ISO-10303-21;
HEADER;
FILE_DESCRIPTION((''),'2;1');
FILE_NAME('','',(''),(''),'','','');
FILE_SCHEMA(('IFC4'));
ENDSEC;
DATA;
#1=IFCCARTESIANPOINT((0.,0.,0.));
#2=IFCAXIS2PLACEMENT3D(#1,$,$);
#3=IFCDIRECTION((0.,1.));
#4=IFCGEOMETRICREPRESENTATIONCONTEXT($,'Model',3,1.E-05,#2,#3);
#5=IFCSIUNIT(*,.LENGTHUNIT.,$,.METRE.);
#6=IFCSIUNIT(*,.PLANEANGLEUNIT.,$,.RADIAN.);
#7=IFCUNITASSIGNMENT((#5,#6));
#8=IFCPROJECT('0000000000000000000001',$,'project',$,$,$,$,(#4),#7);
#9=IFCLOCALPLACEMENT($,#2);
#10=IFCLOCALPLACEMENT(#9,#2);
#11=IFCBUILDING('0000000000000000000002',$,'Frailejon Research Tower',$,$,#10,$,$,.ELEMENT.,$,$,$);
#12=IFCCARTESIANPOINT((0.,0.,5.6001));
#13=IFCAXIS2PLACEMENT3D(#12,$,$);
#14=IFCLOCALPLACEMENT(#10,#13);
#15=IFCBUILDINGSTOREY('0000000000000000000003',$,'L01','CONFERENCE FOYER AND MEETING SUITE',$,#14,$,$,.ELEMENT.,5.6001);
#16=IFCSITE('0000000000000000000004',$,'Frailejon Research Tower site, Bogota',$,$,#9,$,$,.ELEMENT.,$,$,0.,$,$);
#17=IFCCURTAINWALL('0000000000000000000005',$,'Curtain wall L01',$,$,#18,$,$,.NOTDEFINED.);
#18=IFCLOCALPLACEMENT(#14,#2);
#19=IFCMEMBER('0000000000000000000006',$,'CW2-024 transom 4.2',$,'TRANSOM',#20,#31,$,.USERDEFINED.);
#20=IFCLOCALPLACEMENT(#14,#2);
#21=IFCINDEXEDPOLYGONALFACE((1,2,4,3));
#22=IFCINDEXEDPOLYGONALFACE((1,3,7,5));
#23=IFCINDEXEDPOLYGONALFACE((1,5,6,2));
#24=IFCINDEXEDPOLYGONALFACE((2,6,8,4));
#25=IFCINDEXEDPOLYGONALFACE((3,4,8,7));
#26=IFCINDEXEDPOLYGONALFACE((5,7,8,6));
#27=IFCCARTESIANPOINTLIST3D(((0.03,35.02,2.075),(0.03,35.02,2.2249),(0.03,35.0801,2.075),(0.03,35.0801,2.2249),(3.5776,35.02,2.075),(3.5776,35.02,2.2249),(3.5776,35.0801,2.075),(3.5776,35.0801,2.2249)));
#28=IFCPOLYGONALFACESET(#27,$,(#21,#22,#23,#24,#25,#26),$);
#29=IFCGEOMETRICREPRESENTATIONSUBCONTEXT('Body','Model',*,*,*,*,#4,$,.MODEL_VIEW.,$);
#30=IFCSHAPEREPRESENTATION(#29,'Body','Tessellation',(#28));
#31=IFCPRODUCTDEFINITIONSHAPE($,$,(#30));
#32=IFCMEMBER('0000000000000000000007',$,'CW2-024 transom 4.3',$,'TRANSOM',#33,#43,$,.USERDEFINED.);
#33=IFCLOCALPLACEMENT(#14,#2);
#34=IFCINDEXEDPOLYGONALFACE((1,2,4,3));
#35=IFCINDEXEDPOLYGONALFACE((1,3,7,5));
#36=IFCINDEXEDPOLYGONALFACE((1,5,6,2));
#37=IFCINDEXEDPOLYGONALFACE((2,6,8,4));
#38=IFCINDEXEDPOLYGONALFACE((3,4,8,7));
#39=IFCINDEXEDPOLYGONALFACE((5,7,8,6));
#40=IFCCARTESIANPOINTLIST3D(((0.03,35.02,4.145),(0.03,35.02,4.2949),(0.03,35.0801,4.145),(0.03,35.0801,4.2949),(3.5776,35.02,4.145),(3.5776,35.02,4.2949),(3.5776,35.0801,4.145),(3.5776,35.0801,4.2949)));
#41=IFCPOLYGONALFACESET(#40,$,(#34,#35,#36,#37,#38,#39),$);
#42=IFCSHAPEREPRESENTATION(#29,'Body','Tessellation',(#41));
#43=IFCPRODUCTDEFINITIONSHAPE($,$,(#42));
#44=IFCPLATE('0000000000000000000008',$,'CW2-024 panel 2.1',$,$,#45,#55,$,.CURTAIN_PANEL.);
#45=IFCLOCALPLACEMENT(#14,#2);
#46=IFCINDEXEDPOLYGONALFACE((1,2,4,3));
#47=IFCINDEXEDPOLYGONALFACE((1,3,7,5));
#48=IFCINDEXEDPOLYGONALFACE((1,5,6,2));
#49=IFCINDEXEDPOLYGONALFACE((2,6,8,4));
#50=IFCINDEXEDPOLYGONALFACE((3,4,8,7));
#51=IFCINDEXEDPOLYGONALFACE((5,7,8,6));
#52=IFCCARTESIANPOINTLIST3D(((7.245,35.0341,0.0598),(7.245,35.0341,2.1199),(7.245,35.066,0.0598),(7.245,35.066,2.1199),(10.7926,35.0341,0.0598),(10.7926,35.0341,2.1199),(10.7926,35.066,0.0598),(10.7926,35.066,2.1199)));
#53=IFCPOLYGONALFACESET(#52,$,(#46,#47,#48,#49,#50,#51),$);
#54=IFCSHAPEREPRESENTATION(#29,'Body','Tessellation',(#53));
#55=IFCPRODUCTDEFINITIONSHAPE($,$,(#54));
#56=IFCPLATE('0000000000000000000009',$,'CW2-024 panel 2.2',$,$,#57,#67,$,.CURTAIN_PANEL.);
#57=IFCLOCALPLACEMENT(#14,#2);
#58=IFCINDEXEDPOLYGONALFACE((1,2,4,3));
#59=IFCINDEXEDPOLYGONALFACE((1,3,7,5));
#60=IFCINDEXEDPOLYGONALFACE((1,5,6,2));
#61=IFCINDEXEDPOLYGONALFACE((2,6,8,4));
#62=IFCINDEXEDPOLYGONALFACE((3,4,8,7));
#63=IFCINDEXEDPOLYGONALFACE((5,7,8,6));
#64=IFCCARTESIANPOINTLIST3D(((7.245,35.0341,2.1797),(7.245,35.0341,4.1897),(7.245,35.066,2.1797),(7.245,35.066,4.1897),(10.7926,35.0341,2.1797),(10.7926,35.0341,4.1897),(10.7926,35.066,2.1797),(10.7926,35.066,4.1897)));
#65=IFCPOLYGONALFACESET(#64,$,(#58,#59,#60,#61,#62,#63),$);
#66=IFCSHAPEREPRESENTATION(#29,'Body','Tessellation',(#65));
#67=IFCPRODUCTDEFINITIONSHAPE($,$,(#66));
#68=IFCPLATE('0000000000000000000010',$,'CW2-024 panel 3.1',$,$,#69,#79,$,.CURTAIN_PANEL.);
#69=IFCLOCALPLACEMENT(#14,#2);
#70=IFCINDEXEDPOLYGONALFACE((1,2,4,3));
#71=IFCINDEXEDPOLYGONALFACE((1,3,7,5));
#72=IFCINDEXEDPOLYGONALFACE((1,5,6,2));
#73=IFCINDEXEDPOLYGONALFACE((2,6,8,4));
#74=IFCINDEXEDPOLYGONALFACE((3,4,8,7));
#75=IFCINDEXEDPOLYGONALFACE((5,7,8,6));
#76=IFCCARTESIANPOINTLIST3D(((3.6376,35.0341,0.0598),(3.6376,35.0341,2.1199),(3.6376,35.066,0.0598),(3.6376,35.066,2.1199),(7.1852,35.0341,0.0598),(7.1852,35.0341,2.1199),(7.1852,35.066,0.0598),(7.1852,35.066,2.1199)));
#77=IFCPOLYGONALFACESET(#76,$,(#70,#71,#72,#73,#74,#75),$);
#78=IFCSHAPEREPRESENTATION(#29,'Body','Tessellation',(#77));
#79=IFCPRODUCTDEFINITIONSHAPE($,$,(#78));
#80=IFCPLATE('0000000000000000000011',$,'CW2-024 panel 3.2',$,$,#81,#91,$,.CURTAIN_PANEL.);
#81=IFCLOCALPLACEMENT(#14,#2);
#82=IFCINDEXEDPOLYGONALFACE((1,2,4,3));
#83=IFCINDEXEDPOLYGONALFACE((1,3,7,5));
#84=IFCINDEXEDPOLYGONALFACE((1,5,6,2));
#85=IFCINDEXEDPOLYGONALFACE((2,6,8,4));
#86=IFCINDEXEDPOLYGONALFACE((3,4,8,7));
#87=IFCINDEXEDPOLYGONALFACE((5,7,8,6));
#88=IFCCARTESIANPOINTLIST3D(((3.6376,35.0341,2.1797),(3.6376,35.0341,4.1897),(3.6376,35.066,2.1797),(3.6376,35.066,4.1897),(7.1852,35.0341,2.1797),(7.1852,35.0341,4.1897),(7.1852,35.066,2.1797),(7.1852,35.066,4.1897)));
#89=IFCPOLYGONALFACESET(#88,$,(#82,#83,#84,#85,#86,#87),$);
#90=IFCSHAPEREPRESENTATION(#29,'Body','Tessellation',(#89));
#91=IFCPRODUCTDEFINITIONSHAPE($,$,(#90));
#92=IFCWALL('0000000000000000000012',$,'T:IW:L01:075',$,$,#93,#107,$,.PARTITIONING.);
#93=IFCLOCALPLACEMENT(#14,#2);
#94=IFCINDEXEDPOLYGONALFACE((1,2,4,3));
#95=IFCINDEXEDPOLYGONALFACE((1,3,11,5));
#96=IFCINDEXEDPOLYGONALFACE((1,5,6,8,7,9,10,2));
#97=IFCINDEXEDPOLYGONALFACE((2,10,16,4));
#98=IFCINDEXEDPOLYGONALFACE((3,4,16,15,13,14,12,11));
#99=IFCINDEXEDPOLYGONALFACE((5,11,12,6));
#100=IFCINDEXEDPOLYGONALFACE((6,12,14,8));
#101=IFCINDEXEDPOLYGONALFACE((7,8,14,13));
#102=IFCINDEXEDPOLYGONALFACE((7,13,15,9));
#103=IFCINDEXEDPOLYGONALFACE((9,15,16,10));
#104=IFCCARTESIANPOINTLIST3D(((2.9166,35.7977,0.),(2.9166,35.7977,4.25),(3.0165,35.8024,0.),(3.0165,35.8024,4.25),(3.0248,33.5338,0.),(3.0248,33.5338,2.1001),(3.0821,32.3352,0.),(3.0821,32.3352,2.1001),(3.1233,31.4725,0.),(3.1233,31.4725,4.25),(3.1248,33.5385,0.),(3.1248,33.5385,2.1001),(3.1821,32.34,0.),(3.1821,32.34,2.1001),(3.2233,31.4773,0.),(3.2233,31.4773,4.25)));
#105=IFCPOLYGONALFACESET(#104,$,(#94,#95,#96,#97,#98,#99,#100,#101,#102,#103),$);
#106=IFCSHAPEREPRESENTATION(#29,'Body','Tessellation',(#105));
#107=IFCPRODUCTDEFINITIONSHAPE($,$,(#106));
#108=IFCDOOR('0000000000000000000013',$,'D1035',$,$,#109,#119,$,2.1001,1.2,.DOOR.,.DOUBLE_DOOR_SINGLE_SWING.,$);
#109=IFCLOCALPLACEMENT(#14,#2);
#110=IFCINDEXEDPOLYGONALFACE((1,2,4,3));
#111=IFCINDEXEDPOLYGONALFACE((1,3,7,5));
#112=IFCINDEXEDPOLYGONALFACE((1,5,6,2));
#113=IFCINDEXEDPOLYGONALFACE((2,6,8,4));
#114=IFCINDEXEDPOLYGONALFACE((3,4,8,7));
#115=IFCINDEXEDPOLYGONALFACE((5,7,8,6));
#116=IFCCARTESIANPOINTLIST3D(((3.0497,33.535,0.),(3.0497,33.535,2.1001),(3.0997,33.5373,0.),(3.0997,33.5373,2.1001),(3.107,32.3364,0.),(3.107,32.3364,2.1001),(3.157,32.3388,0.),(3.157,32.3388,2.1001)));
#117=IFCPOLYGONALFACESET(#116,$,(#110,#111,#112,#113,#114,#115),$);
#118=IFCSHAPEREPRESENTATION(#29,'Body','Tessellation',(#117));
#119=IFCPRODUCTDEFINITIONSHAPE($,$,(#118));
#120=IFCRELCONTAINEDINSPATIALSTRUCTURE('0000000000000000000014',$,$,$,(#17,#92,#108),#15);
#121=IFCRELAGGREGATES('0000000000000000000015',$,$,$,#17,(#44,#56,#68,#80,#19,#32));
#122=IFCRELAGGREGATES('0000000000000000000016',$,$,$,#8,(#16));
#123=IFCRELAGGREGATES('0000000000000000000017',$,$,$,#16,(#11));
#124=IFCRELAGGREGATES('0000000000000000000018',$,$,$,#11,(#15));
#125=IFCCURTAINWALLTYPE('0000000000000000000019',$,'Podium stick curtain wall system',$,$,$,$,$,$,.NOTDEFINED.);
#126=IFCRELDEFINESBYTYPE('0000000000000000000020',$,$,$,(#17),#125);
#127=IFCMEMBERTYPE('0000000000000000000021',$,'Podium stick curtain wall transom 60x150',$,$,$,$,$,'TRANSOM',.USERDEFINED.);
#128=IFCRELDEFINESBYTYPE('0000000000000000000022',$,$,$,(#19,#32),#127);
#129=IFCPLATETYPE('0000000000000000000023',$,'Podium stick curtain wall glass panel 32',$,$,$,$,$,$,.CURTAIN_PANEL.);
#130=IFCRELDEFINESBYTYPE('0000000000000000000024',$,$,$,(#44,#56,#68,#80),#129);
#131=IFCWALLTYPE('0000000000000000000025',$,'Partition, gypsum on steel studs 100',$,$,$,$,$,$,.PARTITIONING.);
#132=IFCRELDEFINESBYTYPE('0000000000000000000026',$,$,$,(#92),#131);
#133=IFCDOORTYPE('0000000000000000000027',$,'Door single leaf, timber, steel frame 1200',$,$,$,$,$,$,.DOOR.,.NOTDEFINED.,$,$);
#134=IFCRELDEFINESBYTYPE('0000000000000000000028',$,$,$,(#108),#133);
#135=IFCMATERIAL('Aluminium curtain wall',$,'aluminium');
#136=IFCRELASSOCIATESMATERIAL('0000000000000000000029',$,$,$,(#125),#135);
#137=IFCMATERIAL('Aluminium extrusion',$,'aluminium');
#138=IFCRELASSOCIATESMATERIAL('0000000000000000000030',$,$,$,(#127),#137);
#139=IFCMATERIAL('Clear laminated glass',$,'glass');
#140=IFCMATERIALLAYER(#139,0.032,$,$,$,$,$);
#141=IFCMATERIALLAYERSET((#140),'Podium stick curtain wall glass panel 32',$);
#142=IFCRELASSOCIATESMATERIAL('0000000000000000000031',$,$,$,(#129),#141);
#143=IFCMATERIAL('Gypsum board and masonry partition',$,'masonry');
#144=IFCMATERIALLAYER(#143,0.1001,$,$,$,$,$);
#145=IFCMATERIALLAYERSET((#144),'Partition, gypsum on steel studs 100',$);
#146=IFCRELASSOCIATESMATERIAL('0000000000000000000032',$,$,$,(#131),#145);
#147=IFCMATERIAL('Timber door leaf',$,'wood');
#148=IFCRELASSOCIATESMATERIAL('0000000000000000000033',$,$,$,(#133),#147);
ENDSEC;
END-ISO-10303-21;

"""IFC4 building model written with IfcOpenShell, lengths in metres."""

from ifc_helpers import new_model, si_unit, direction, frame, frame_2d, origin, origin_2d, place, context, subcontext, project, spatial, rectangle, extrude, material, layer, layer_set, material_profile, profile_set, type_object, element, fill, aggregate, save


model = new_model("IFC4")

# Units and contexts
model_context = context("Model", 3, precision=1e-05, world=origin(), true_north=direction((0.0, 1.0)))
body_context = subcontext(model_context, "Body", "Model", "MODEL_VIEW")
ifc_project = project(units=[si_unit("LENGTHUNIT", "METRE"), si_unit("PLANEANGLEUNIT", "RADIAN")], contexts=[model_context])

# Site, building, storey
site_placement = place(None, origin())
site = spatial("IfcSite", under=ifc_project, at=site_placement, Name="Frailejon Research Tower site, Bogota", CompositionType="ELEMENT", RefElevation=0.0)
building_placement = place(site_placement, origin())
building = spatial("IfcBuilding", under=site, at=building_placement, Name="Frailejon Research Tower", CompositionType="ELEMENT")
storey_placement = place(building_placement, frame((0.0, 0.0, 5.6001)))
storey = spatial("IfcBuildingStorey", under=building, at=storey_placement, Name="L01", Description="CONFERENCE FOYER AND MEETING SUITE", CompositionType="ELEMENT", Elevation=5.6001)

# Curtain wall, members, plates
ifc_material_1 = material(Name="Aluminium curtain wall", Category="aluminium")
curtain_wall_type = type_object("IfcCurtainWallType", Name="Podium stick curtain wall system", PredefinedType="NOTDEFINED", material=ifc_material_1)
curtain_wall_placement = place(storey_placement, origin())
curtain_wall = element("IfcCurtainWall", 1, at=curtain_wall_placement, inside=storey, type_object=curtain_wall_type, Name="Curtain wall L01", PredefinedType="NOTDEFINED")
ifc_material_2 = material(Name="Aluminium extrusion", Category="aluminium")
ifc_material_profile_1 = material_profile(ifc_material_2, rectangle(XDim=0.0601, YDim=0.1499, at=origin_2d()), Name="Podium stick curtain wall transom 60x150")
ifc_profile_set_1 = profile_set([ifc_material_profile_1], Name="Aluminium extrusion")
member_type_1 = type_object("IfcMemberType", Name="Podium stick curtain wall transom 60x150", ElementType="TRANSOM", PredefinedType="USERDEFINED", material=ifc_profile_set_1)
member_1_placement = place(storey_placement, frame((3.5776, 35.05, 2.1499), z_axis=(-1.0, 0.0, 0.0), x_axis=(0.0, -1.0, 0.0)))
member_1 = element("IfcMember", 2, at=member_1_placement, type_object=member_type_1, Name="CW2-024 transom 4.2", ObjectType="TRANSOM", PredefinedType="USERDEFINED", context=body_context, shape_type="SweptSolid", body=[
    extrude(rectangle(XDim=0.0601, YDim=0.1499, at=origin_2d()), origin(), (0.0, 0.0, 1.0), 3.5476),
])
member_2_placement = place(storey_placement, frame((3.5776, 35.05, 4.22), z_axis=(-1.0, 0.0, 0.0), x_axis=(0.0, -1.0, 0.0)))
member_2 = element("IfcMember", 3, at=member_2_placement, type_object=member_type_1, Name="CW2-024 transom 4.3", ObjectType="TRANSOM", PredefinedType="USERDEFINED", context=body_context, shape_type="SweptSolid", body=[
    extrude(rectangle(XDim=0.0601, YDim=0.1499, at=origin_2d()), origin(), (0.0, 0.0, 1.0), 3.5476),
])
ifc_material_3 = material(Name="Clear laminated glass", Category="glass")
ifc_layer_1 = layer(ifc_material_3, 0.032)
ifc_layer_set_1 = layer_set([ifc_layer_1], Name="Podium stick curtain wall glass panel 32")
plate_type = type_object("IfcPlateType", Name="Podium stick curtain wall glass panel 32", PredefinedType="CURTAIN_PANEL", material=ifc_layer_set_1)
plate_1_placement = place(storey_placement, frame((9.0188, 35.05, 0.0598), z_axis=(0.0, 0.0, 1.0), x_axis=(-1.0, 0.0, 0.0)))
plate_1 = element("IfcPlate", 4, at=plate_1_placement, type_object=plate_type, Name="CW2-024 panel 2.1", PredefinedType="CURTAIN_PANEL", context=body_context, shape_type="SweptSolid", body=[
    extrude(rectangle(XDim=3.5476, YDim=0.032, at=origin_2d()), origin(), (0.0, 0.0, 1.0), 2.0601),
])
plate_2_placement = place(storey_placement, frame((9.0188, 35.05, 2.1797), z_axis=(0.0, 0.0, 1.0), x_axis=(-1.0, 0.0, 0.0)))
plate_2 = element("IfcPlate", 5, at=plate_2_placement, type_object=plate_type, Name="CW2-024 panel 2.2", PredefinedType="CURTAIN_PANEL", context=body_context, shape_type="SweptSolid", body=[
    extrude(rectangle(XDim=3.5476, YDim=0.032, at=origin_2d()), origin(), (0.0, 0.0, 1.0), 2.01),
])
plate_3_placement = place(storey_placement, frame((5.4114, 35.05, 0.0598), z_axis=(0.0, 0.0, 1.0), x_axis=(-1.0, 0.0, 0.0)))
plate_3 = element("IfcPlate", 6, at=plate_3_placement, type_object=plate_type, Name="CW2-024 panel 3.1", PredefinedType="CURTAIN_PANEL", context=body_context, shape_type="SweptSolid", body=[
    extrude(rectangle(XDim=3.5476, YDim=0.032, at=origin_2d()), origin(), (0.0, 0.0, 1.0), 2.0601),
])
plate_4_placement = place(storey_placement, frame((5.4114, 35.05, 2.1797), z_axis=(0.0, 0.0, 1.0), x_axis=(-1.0, 0.0, 0.0)))
plate_4 = element("IfcPlate", 7, at=plate_4_placement, type_object=plate_type, Name="CW2-024 panel 3.2", PredefinedType="CURTAIN_PANEL", context=body_context, shape_type="SweptSolid", body=[
    extrude(rectangle(XDim=3.5476, YDim=0.032, at=origin_2d()), origin(), (0.0, 0.0, 1.0), 2.01),
])
aggregate(curtain_wall, [plate_1, plate_2, plate_3, plate_4, member_1, member_2])

# Wall, opening, door
ifc_material_4 = material(Name="Gypsum board and masonry partition", Category="masonry")
ifc_layer_2 = layer(ifc_material_4, 0.1001)
ifc_layer_set_2 = layer_set([ifc_layer_2], Name="Partition, gypsum on steel studs 100")
wall_type = type_object("IfcWallType", Name="Partition, gypsum on steel studs 100", PredefinedType="PARTITIONING", material=ifc_layer_set_2)
wall_placement = place(storey_placement, frame((2.9666, 35.8, 0.0), z_axis=(0.0, 0.0, 1.0), x_axis=(0.047755, -0.998859, 0.0)))
wall = element("IfcWall", 8, at=wall_placement, inside=storey, type_object=wall_type, Name="T:IW:L01:075", PredefinedType="PARTITIONING", context=body_context, shape_type="SweptSolid", body=[
    extrude(rectangle(XDim=4.3301, YDim=0.1001, at=frame_2d((2.165, 0.0))), origin(), (0.0, 0.0, 1.0), 4.25),
])
opening_placement = place(wall_placement, frame((2.2664, 0.0, 0.0)))
opening = element("IfcOpeningElement", 9, at=opening_placement, cuts=wall, PredefinedType="OPENING", context=body_context, shape_type="SweptSolid", body=[
    extrude(rectangle(XDim=1.2, YDim=2.1001, at=frame_2d((0.6001, 1.05))), frame((0.0, 0.0601, 0.0), z_axis=(0.0, -1.0, 0.0), x_axis=(1.0, 0.0, 0.0)), (0.0, 0.0, 1.0), 0.1201),
])
ifc_material_5 = material(Name="Timber door leaf", Category="wood")
door_type = type_object("IfcDoorType", Name="Door single leaf, timber, steel frame 1200", OperationType="NOTDEFINED", PredefinedType="DOOR", material=ifc_material_5)
door_placement = place(opening_placement, origin())
door = element("IfcDoor", 10, at=door_placement, inside=storey, type_object=door_type, Name="D1035", OperationType="DOUBLE_DOOR_SINGLE_SWING", OverallHeight=2.1001, OverallWidth=1.2, PredefinedType="DOOR", context=body_context, shape_type="SweptSolid", body=[
    extrude(rectangle(XDim=1.2, YDim=2.1001, at=frame_2d((0.6001, 1.05))), frame((0.0, 0.0249, 0.0), z_axis=(0.0, -1.0, 0.0), x_axis=(1.0, 0.0, 0.0)), (0.0, 0.0, 1.0), 0.05),
])
fill(opening, door)

save(model, "model.ifc")
